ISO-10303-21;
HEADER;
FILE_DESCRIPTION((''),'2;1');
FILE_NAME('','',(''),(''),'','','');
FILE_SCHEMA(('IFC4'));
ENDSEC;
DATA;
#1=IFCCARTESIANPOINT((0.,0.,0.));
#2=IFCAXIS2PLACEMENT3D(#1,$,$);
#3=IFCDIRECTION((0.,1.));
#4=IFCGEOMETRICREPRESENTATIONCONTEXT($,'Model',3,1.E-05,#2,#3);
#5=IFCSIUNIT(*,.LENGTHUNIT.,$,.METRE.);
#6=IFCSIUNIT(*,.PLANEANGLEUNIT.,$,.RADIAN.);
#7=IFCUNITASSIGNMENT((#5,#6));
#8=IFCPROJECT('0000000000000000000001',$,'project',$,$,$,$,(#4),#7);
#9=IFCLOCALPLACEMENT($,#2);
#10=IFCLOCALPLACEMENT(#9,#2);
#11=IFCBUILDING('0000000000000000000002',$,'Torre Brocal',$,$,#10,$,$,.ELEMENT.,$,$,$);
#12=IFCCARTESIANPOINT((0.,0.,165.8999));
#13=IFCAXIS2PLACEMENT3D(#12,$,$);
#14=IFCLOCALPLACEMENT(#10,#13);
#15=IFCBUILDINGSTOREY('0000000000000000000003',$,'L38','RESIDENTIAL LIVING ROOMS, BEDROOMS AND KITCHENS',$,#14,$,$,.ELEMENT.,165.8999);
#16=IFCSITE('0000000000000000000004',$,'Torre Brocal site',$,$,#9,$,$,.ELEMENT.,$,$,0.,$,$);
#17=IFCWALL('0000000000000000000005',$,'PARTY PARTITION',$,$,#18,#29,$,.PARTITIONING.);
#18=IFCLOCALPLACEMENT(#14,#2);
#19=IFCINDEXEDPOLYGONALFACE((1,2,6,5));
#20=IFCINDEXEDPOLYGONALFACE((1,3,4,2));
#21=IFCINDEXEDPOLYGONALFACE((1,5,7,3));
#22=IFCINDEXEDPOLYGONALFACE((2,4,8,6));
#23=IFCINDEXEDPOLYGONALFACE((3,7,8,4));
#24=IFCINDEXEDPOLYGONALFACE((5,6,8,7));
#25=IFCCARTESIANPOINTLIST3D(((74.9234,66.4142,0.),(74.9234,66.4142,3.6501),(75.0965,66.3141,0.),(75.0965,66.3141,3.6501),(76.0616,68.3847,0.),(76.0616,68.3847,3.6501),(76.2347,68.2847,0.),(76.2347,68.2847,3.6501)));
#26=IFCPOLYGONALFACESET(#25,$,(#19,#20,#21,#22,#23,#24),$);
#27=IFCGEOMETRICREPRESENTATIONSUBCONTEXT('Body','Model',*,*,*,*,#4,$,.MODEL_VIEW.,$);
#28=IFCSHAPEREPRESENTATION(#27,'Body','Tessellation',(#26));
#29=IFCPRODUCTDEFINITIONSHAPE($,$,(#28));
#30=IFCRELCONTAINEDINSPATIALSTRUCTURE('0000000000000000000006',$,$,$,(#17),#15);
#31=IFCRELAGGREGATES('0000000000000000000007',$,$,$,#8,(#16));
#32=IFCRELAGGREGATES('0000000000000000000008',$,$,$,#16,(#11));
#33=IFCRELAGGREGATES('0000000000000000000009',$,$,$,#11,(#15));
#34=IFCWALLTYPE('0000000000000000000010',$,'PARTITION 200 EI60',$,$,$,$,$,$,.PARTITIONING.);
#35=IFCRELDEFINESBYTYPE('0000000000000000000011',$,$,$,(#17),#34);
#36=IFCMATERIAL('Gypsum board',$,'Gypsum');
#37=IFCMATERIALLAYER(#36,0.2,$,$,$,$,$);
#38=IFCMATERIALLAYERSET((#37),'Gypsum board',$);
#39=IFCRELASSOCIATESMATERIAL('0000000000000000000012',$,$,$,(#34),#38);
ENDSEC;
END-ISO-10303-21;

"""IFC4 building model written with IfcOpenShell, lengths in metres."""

from ifc_helpers import new_model, si_unit, direction, frame, frame_2d, origin, place, context, subcontext, project, spatial, rectangle, extrude, material, layer, layer_set, type_object, element, save


model = new_model("IFC4")

# Units and contexts
model_context = context("Model", 3, precision=1e-05, world=origin(), true_north=direction((0.0, 1.0)))
body_context = subcontext(model_context, "Body", "Model", "MODEL_VIEW")
ifc_project = project(units=[si_unit("LENGTHUNIT", "METRE"), si_unit("PLANEANGLEUNIT", "RADIAN")], contexts=[model_context])

# Site, building, storey
site_placement = place(None, origin())
site = spatial("IfcSite", under=ifc_project, at=site_placement, Name="Torre Brocal site", CompositionType="ELEMENT", RefElevation=0.0)
building_placement = place(site_placement, origin())
building = spatial("IfcBuilding", under=site, at=building_placement, Name="Torre Brocal", CompositionType="ELEMENT")
storey_placement = place(building_placement, frame((0.0, 0.0, 165.8999)))
storey = spatial("IfcBuildingStorey", under=building, at=storey_placement, Name="L38", Description="RESIDENTIAL LIVING ROOMS, BEDROOMS AND KITCHENS", CompositionType="ELEMENT", Elevation=165.8999)

# Shared definitions
ifc_material_1 = material(Name="Gypsum board", Category="Gypsum")
ifc_layer_1 = layer(ifc_material_1, 0.2)
ifc_layer_set_1 = layer_set([ifc_layer_1], Name="Gypsum board")
wall_type_1 = type_object("IfcWallType", Name="PARTITION 200 EI60", PredefinedType="PARTITIONING", material=ifc_layer_set_1)

# Wall
wall_1_placement = place(storey_placement, frame((75.01, 66.3643, 0.0), z_axis=(0.0, 0.0, 1.0), x_axis=(0.500177, 0.865923, 0.0)))
element("IfcWall", 1, at=wall_1_placement, inside=storey, type_object=wall_type_1, Name="PARTY PARTITION", PredefinedType="PARTITIONING", context=body_context, shape_type="SweptSolid", body=[
    extrude(rectangle(XDim=2.2756, YDim=0.2, at=frame_2d((1.1377, 0.0))), origin(), (0.0, 0.0, 1.0), 3.6501),
])

save(model, "model.ifc")
